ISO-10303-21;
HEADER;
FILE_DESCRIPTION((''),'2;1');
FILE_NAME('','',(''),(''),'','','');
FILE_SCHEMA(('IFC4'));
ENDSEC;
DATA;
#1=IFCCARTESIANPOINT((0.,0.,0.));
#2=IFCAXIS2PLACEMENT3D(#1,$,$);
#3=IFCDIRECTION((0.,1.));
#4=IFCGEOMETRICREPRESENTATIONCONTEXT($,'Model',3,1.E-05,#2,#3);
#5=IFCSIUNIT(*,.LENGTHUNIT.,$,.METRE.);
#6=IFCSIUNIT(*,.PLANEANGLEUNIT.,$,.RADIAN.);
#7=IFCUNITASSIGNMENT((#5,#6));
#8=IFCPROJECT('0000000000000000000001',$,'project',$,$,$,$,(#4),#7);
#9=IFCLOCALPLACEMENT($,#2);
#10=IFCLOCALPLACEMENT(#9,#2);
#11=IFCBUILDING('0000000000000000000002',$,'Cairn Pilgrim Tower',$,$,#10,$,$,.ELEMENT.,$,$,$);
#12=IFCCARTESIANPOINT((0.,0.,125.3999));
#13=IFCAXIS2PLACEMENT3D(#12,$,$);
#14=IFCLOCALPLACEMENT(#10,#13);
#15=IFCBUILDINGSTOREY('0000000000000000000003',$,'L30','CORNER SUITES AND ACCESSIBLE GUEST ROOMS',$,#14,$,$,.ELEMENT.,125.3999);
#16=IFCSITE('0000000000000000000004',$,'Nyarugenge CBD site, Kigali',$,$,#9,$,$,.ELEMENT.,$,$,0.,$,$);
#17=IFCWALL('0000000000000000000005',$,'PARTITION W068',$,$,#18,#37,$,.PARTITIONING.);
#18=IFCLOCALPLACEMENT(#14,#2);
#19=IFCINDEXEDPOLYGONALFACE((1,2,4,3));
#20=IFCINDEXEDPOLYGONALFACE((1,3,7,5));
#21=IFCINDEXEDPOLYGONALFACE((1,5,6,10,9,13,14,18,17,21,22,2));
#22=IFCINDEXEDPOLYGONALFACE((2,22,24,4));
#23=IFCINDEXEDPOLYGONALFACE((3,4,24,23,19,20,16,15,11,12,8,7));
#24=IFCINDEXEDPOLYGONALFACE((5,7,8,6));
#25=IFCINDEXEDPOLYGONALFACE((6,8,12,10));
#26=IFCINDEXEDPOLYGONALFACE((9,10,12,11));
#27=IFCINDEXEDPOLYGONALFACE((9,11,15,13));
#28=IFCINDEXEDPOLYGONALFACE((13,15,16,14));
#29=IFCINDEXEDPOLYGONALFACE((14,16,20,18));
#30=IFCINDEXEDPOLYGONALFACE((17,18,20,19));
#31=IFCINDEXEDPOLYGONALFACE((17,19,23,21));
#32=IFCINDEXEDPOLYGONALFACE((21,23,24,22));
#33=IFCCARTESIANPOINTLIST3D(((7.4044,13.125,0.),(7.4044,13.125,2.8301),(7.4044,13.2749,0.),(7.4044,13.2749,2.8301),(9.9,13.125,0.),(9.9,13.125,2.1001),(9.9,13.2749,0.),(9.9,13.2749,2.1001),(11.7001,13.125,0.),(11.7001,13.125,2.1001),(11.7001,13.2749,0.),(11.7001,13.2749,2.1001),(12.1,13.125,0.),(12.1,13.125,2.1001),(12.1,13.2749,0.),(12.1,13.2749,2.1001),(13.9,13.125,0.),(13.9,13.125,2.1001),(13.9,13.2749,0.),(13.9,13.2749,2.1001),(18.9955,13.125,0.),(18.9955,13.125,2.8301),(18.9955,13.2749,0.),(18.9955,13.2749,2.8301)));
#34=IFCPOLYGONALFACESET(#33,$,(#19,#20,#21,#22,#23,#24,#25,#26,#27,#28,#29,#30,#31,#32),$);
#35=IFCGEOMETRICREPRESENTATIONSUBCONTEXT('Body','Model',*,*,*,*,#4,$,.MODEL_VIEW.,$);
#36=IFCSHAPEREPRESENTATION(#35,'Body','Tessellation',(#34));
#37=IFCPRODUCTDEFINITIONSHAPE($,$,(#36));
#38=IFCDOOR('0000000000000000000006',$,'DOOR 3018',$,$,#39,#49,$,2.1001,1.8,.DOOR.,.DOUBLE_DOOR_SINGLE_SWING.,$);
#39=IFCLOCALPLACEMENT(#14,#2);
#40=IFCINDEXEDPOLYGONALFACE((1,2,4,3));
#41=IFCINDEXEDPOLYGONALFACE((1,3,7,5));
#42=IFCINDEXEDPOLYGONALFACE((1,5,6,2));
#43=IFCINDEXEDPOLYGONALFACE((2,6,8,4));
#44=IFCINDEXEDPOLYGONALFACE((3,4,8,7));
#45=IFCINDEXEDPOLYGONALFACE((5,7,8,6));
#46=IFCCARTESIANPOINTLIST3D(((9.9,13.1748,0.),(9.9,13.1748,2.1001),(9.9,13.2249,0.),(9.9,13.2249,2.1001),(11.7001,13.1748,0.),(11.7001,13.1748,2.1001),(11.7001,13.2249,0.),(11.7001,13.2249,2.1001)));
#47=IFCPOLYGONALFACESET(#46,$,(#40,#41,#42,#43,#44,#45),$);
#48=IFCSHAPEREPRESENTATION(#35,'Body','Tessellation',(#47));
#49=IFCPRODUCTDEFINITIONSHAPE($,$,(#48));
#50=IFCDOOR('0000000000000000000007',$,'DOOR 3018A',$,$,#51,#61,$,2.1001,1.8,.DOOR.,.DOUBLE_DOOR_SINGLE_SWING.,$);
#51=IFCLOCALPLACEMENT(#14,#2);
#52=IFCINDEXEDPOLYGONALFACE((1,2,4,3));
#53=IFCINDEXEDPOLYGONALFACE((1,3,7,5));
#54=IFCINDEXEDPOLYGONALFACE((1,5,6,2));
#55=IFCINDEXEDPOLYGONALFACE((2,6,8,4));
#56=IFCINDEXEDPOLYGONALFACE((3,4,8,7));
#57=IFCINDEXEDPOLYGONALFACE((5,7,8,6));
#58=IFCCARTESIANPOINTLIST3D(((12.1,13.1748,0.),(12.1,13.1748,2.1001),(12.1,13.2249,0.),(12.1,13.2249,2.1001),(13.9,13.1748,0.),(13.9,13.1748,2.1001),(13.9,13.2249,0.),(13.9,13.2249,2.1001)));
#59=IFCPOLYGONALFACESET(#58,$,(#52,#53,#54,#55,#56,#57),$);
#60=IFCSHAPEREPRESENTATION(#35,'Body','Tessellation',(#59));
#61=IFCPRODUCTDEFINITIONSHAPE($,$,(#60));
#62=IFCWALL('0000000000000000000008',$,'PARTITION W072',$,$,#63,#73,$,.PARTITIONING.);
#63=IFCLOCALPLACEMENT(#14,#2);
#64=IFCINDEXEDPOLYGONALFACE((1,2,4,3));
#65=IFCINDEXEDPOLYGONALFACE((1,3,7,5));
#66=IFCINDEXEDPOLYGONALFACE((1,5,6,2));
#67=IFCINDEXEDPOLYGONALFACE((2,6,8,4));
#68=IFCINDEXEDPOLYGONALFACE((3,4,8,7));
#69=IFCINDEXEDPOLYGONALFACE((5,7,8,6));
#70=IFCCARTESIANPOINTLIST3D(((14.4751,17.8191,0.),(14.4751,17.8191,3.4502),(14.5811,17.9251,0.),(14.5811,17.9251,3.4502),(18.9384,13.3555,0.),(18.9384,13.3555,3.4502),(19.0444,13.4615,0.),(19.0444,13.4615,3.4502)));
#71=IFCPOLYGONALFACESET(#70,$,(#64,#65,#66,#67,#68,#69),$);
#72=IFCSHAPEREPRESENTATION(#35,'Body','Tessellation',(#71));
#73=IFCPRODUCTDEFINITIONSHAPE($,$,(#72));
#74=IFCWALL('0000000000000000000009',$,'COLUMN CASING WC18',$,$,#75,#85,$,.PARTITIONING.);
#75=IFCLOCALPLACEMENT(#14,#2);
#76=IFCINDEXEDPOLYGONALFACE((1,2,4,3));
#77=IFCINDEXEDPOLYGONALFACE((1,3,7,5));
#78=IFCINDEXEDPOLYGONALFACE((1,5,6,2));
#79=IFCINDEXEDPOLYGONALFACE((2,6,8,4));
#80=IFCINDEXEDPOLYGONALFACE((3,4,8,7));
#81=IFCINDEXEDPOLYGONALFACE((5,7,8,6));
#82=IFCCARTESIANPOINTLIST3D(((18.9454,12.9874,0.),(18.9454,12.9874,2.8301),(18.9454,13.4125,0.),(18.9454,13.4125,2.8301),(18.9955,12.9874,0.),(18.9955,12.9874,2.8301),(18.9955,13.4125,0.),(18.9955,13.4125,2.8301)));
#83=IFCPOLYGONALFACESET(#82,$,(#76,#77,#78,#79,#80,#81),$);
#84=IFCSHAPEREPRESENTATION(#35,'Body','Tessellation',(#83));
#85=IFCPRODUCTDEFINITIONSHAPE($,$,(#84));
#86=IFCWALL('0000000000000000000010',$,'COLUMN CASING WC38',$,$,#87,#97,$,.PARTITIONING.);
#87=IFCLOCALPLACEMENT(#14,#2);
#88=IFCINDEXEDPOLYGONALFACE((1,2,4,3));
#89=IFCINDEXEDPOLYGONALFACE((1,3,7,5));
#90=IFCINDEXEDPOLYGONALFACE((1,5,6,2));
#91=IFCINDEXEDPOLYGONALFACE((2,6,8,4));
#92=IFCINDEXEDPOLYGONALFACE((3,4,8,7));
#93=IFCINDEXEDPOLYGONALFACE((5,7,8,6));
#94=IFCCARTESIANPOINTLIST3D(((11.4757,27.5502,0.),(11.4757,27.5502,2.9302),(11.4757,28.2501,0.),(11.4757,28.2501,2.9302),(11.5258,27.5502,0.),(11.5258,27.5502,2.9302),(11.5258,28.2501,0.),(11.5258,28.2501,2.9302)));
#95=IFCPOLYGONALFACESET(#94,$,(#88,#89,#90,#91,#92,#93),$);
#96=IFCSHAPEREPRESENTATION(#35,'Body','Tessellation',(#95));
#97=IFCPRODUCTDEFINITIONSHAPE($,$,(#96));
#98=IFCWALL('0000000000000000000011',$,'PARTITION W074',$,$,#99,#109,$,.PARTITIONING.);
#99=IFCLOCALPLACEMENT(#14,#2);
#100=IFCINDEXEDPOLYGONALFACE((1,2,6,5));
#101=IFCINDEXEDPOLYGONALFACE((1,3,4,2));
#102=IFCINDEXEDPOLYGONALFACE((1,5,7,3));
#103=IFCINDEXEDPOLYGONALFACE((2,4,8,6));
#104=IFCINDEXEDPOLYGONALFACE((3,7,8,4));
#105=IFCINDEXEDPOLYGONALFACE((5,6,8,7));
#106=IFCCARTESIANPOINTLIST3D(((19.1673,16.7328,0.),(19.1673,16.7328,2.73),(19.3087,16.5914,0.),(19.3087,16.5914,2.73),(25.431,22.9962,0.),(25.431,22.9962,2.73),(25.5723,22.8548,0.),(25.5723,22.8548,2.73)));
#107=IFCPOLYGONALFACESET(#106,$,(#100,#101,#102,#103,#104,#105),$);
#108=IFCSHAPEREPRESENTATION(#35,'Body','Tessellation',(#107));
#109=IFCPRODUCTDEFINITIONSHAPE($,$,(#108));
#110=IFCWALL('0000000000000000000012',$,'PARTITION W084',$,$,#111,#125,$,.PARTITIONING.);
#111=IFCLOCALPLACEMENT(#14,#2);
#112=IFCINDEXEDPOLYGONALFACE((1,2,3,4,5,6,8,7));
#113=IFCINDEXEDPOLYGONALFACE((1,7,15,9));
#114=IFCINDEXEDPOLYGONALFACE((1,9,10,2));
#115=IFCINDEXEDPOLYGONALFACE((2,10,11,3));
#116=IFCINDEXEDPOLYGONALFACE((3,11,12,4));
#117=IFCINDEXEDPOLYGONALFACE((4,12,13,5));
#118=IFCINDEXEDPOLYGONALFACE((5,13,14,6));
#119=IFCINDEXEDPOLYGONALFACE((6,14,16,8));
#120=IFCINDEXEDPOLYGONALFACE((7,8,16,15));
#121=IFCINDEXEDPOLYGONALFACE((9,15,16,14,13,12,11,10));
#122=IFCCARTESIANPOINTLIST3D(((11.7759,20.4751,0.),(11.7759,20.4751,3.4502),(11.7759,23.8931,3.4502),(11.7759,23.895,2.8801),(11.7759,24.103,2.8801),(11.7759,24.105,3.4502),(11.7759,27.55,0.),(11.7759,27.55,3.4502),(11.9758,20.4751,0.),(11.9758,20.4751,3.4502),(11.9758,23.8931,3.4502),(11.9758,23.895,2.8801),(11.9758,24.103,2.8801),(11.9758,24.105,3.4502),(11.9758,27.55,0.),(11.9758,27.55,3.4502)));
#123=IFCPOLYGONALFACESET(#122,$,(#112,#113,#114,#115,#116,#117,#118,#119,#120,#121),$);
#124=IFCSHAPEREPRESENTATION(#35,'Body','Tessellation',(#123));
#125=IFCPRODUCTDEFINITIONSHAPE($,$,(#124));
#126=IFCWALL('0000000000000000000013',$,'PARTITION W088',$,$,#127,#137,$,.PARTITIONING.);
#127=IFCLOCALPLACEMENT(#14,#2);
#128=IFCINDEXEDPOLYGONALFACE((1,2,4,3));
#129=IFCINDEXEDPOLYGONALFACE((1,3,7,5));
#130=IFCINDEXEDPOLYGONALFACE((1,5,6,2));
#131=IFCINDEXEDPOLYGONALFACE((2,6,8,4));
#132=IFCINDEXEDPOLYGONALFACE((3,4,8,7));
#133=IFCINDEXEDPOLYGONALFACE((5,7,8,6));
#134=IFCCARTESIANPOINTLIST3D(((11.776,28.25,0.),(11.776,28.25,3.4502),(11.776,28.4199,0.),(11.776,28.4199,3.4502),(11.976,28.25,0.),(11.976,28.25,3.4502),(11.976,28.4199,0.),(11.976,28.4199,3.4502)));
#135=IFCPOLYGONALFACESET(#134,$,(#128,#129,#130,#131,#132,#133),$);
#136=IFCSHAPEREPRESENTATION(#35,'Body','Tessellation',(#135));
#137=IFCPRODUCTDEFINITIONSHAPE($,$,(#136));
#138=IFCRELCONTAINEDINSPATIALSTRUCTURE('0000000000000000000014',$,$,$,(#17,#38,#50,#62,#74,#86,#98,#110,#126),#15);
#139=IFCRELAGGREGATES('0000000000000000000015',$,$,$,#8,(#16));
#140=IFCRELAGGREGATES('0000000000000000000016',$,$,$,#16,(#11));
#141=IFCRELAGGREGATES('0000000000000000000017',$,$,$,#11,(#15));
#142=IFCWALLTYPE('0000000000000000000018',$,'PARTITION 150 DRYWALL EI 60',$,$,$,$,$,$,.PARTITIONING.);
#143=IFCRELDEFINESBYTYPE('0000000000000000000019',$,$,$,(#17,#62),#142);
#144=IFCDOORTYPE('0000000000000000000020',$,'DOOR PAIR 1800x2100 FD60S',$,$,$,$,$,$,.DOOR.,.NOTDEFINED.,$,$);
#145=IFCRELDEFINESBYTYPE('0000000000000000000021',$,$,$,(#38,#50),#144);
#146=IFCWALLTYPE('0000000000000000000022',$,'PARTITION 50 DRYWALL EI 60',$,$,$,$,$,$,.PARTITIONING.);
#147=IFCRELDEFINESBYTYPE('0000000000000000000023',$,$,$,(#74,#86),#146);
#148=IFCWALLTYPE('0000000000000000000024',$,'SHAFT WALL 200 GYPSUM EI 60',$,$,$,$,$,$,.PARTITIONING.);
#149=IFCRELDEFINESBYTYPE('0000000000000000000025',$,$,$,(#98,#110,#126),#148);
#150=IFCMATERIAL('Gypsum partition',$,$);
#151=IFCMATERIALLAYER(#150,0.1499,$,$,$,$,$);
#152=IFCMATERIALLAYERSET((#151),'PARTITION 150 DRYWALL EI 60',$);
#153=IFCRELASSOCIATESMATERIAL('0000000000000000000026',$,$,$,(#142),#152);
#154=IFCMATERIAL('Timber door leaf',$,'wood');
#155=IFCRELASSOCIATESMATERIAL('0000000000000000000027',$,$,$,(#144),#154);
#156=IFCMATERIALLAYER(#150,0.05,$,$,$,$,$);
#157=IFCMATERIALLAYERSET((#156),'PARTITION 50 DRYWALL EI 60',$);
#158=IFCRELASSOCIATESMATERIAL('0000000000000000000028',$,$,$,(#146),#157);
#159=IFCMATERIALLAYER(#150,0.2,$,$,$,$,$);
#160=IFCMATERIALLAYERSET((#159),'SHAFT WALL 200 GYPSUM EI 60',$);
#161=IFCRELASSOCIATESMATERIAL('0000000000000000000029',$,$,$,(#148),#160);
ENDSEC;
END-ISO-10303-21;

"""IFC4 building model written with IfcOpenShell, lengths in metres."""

from ifc_helpers import new_model, si_unit, direction, frame, frame_2d, origin, place, context, subcontext, project, spatial, polyline, rectangle, outline, extrude, material, layer, layer_set, type_object, element, fill, save


model = new_model("IFC4")

# Units and contexts
model_context = context("Model", 3, precision=1e-05, world=origin(), true_north=direction((0.0, 1.0)))
body_context = subcontext(model_context, "Body", "Model", "MODEL_VIEW")
ifc_project = project(units=[si_unit("LENGTHUNIT", "METRE"), si_unit("PLANEANGLEUNIT", "RADIAN")], contexts=[model_context])

# Site, building, storey
site_placement = place(None, origin())
site = spatial("IfcSite", under=ifc_project, at=site_placement, Name="Nyarugenge CBD site, Kigali", CompositionType="ELEMENT", RefElevation=0.0)
building_placement = place(site_placement, origin())
building = spatial("IfcBuilding", under=site, at=building_placement, Name="Cairn Pilgrim Tower", CompositionType="ELEMENT")
storey_placement = place(building_placement, frame((0.0, 0.0, 125.3999)))
storey = spatial("IfcBuildingStorey", under=building, at=storey_placement, Name="L30", Description="CORNER SUITES AND ACCESSIBLE GUEST ROOMS", CompositionType="ELEMENT", Elevation=125.3999)

# Shared definitions
ifc_material_1 = material(Name="Gypsum partition")

# Shared definitions
ifc_material_2 = material(Name="Timber door leaf", Category="wood")

# Wall, openings, doors
ifc_layer_1 = layer(ifc_material_1, 0.1499)
ifc_layer_set_1 = layer_set([ifc_layer_1], Name="PARTITION 150 DRYWALL EI 60")
wall_type_1 = type_object("IfcWallType", Name="PARTITION 150 DRYWALL EI 60", PredefinedType="PARTITIONING", material=ifc_layer_set_1)
wall_1_placement = place(storey_placement, frame((7.4045, 13.2, 0.0), z_axis=(0.0, 0.0, 1.0), x_axis=(1.0, 0.0, 0.0)))
wall_1 = element("IfcWall", 1, at=wall_1_placement, inside=storey, type_object=wall_type_1, Name="PARTITION W068", PredefinedType="PARTITIONING", context=body_context, shape_type="SweptSolid", body=[
    extrude(rectangle(XDim=11.5911, YDim=0.1499, at=frame_2d((5.7954, 0.0))), origin(), (0.0, 0.0, 1.0), 2.8301),
])
opening_1_placement = place(wall_1_placement, frame((2.4956, 0.0, 0.0)))
opening_1 = element("IfcOpeningElement", 2, at=opening_1_placement, cuts=wall_1, PredefinedType="OPENING", context=body_context, shape_type="SweptSolid", body=[
    extrude(rectangle(XDim=1.8, YDim=2.1001, at=frame_2d((0.8999, 1.05))), frame((0.0, 0.085, 0.0), z_axis=(0.0, -1.0, 0.0), x_axis=(1.0, 0.0, 0.0)), (0.0, 0.0, 1.0), 0.1699),
])
opening_2_placement = place(wall_1_placement, frame((4.6956, 0.0, 0.0)))
opening_2 = element("IfcOpeningElement", 3, at=opening_2_placement, cuts=wall_1, PredefinedType="OPENING", context=body_context, shape_type="SweptSolid", body=[
    extrude(rectangle(XDim=1.8, YDim=2.1001, at=frame_2d((0.8999, 1.05))), frame((0.0, 0.085, 0.0), z_axis=(0.0, -1.0, 0.0), x_axis=(1.0, 0.0, 0.0)), (0.0, 0.0, 1.0), 0.1699),
])
door_type_1 = type_object("IfcDoorType", Name="DOOR PAIR 1800x2100 FD60S", OperationType="NOTDEFINED", PredefinedType="DOOR", material=ifc_material_2)
door_1_placement = place(opening_1_placement, origin())
door_1 = element("IfcDoor", 4, at=door_1_placement, inside=storey, type_object=door_type_1, Name="DOOR 3018", OperationType="DOUBLE_DOOR_SINGLE_SWING", OverallHeight=2.1001, OverallWidth=1.8, PredefinedType="DOOR", context=body_context, shape_type="SweptSolid", body=[
    extrude(rectangle(XDim=1.8, YDim=2.1001, at=frame_2d((0.8999, 1.05))), frame((0.0, 0.0249, 0.0), z_axis=(0.0, -1.0, 0.0), x_axis=(1.0, 0.0, 0.0)), (0.0, 0.0, 1.0), 0.05),
])
fill(opening_1, door_1)
door_2_placement = place(opening_2_placement, origin())
door_2 = element("IfcDoor", 5, at=door_2_placement, inside=storey, type_object=door_type_1, Name="DOOR 3018A", OperationType="DOUBLE_DOOR_SINGLE_SWING", OverallHeight=2.1001, OverallWidth=1.8, PredefinedType="DOOR", context=body_context, shape_type="SweptSolid", body=[
    extrude(rectangle(XDim=1.8, YDim=2.1001, at=frame_2d((0.8999, 1.05))), frame((0.0, 0.0249, 0.0), z_axis=(0.0, -1.0, 0.0), x_axis=(1.0, 0.0, 0.0)), (0.0, 0.0, 1.0), 0.05),
])
fill(opening_2, door_2)

# Walls
wall_2_placement = place(storey_placement, frame((18.9915, 13.4084, 0.0), z_axis=(0.0, 0.0, 1.0), x_axis=(-0.707087, 0.707126, 0.0)))
element("IfcWall", 6, at=wall_2_placement, inside=storey, type_object=wall_type_1, Name="PARTITION W072", PredefinedType="PARTITIONING", context=body_context, shape_type="SweptSolid", body=[
    extrude(rectangle(XDim=6.3123, YDim=0.1499, at=frame_2d((3.1562, 0.0))), origin(), (0.0, 0.0, 1.0), 3.4502),
])
ifc_layer_2 = layer(ifc_material_1, 0.05)
ifc_layer_set_2 = layer_set([ifc_layer_2], Name="PARTITION 50 DRYWALL EI 60")
wall_type_2 = type_object("IfcWallType", Name="PARTITION 50 DRYWALL EI 60", PredefinedType="PARTITIONING", material=ifc_layer_set_2)
wall_3_placement = place(storey_placement, frame((18.9705, 12.9875, 0.0), z_axis=(0.0, 0.0, 1.0), x_axis=(0.0, 1.0, 0.0)))
element("IfcWall", 7, at=wall_3_placement, inside=storey, type_object=wall_type_2, Name="COLUMN CASING WC18", PredefinedType="PARTITIONING", context=body_context, shape_type="SweptSolid", body=[
    extrude(rectangle(XDim=0.425, YDim=0.05, at=frame_2d((0.2124, 0.0))), origin(), (0.0, 0.0, 1.0), 2.8301),
])
wall_4_placement = place(storey_placement, frame((11.5007, 27.55, 0.0), z_axis=(0.0, 0.0, 1.0), x_axis=(0.0, 1.0, 0.0)))
element("IfcWall", 8, at=wall_4_placement, inside=storey, type_object=wall_type_2, Name="COLUMN CASING WC38", PredefinedType="PARTITIONING", context=body_context, shape_type="SweptSolid", body=[
    extrude(rectangle(XDim=0.7, YDim=0.05, at=frame_2d((0.3501, 0.0))), origin(), (0.0, 0.0, 1.0), 2.9302),
])
ifc_layer_3 = layer(ifc_material_1, 0.2)
ifc_layer_set_3 = layer_set([ifc_layer_3], Name="SHAFT WALL 200 GYPSUM EI 60")
wall_type_3 = type_object("IfcWallType", Name="SHAFT WALL 200 GYPSUM EI 60", PredefinedType="PARTITIONING", material=ifc_layer_set_3)
wall_5_placement = place(storey_placement, frame((19.238, 16.6621, 0.0), z_axis=(0.0, 0.0, 1.0), x_axis=(0.707121, 0.707093, 0.0)))
element("IfcWall", 9, at=wall_5_placement, inside=storey, type_object=wall_type_3, Name="PARTITION W074", PredefinedType="PARTITIONING", context=body_context, shape_type="SweptSolid", body=[
    extrude(rectangle(XDim=8.8579, YDim=0.2, at=frame_2d((4.429, 0.0))), origin(), (0.0, 0.0, 1.0), 2.73),
])
wall_6_placement = place(storey_placement, frame((11.876, 20.4751, 0.0), z_axis=(0.0, 0.0, 1.0), x_axis=(0.0, 1.0, 0.0)))
element("IfcWall", 10, at=wall_6_placement, inside=storey, type_object=wall_type_3, Name="PARTITION W084", PredefinedType="PARTITIONING", context=body_context, shape_type="SweptSolid", body=[
    extrude(outline(polyline([(0.0, 0.0), (7.075, 0.0), (7.075, 3.4502), (3.6299, 3.4502), (3.6279, 2.8801), (3.4199, 2.8801), (3.418, 3.4502), (0.0, 3.4502), (0.0, 0.0)])), frame((0.0, 0.1001, 0.0), z_axis=(0.0, -1.0, 0.0), x_axis=(1.0, 0.0, 0.0)), (0.0, 0.0, 1.0), 0.2),
])
wall_7_placement = place(storey_placement, frame((11.876, 28.25, 0.0), z_axis=(0.0, 0.0, 1.0), x_axis=(0.0, 1.0, 0.0)))
element("IfcWall", 11, at=wall_7_placement, inside=storey, type_object=wall_type_3, Name="PARTITION W088", PredefinedType="PARTITIONING", context=body_context, shape_type="SweptSolid", body=[
    extrude(rectangle(XDim=0.1699, YDim=0.2, at=frame_2d((0.085, 0.0))), origin(), (0.0, 0.0, 1.0), 3.4502),
])

save(model, "model.ifc")
